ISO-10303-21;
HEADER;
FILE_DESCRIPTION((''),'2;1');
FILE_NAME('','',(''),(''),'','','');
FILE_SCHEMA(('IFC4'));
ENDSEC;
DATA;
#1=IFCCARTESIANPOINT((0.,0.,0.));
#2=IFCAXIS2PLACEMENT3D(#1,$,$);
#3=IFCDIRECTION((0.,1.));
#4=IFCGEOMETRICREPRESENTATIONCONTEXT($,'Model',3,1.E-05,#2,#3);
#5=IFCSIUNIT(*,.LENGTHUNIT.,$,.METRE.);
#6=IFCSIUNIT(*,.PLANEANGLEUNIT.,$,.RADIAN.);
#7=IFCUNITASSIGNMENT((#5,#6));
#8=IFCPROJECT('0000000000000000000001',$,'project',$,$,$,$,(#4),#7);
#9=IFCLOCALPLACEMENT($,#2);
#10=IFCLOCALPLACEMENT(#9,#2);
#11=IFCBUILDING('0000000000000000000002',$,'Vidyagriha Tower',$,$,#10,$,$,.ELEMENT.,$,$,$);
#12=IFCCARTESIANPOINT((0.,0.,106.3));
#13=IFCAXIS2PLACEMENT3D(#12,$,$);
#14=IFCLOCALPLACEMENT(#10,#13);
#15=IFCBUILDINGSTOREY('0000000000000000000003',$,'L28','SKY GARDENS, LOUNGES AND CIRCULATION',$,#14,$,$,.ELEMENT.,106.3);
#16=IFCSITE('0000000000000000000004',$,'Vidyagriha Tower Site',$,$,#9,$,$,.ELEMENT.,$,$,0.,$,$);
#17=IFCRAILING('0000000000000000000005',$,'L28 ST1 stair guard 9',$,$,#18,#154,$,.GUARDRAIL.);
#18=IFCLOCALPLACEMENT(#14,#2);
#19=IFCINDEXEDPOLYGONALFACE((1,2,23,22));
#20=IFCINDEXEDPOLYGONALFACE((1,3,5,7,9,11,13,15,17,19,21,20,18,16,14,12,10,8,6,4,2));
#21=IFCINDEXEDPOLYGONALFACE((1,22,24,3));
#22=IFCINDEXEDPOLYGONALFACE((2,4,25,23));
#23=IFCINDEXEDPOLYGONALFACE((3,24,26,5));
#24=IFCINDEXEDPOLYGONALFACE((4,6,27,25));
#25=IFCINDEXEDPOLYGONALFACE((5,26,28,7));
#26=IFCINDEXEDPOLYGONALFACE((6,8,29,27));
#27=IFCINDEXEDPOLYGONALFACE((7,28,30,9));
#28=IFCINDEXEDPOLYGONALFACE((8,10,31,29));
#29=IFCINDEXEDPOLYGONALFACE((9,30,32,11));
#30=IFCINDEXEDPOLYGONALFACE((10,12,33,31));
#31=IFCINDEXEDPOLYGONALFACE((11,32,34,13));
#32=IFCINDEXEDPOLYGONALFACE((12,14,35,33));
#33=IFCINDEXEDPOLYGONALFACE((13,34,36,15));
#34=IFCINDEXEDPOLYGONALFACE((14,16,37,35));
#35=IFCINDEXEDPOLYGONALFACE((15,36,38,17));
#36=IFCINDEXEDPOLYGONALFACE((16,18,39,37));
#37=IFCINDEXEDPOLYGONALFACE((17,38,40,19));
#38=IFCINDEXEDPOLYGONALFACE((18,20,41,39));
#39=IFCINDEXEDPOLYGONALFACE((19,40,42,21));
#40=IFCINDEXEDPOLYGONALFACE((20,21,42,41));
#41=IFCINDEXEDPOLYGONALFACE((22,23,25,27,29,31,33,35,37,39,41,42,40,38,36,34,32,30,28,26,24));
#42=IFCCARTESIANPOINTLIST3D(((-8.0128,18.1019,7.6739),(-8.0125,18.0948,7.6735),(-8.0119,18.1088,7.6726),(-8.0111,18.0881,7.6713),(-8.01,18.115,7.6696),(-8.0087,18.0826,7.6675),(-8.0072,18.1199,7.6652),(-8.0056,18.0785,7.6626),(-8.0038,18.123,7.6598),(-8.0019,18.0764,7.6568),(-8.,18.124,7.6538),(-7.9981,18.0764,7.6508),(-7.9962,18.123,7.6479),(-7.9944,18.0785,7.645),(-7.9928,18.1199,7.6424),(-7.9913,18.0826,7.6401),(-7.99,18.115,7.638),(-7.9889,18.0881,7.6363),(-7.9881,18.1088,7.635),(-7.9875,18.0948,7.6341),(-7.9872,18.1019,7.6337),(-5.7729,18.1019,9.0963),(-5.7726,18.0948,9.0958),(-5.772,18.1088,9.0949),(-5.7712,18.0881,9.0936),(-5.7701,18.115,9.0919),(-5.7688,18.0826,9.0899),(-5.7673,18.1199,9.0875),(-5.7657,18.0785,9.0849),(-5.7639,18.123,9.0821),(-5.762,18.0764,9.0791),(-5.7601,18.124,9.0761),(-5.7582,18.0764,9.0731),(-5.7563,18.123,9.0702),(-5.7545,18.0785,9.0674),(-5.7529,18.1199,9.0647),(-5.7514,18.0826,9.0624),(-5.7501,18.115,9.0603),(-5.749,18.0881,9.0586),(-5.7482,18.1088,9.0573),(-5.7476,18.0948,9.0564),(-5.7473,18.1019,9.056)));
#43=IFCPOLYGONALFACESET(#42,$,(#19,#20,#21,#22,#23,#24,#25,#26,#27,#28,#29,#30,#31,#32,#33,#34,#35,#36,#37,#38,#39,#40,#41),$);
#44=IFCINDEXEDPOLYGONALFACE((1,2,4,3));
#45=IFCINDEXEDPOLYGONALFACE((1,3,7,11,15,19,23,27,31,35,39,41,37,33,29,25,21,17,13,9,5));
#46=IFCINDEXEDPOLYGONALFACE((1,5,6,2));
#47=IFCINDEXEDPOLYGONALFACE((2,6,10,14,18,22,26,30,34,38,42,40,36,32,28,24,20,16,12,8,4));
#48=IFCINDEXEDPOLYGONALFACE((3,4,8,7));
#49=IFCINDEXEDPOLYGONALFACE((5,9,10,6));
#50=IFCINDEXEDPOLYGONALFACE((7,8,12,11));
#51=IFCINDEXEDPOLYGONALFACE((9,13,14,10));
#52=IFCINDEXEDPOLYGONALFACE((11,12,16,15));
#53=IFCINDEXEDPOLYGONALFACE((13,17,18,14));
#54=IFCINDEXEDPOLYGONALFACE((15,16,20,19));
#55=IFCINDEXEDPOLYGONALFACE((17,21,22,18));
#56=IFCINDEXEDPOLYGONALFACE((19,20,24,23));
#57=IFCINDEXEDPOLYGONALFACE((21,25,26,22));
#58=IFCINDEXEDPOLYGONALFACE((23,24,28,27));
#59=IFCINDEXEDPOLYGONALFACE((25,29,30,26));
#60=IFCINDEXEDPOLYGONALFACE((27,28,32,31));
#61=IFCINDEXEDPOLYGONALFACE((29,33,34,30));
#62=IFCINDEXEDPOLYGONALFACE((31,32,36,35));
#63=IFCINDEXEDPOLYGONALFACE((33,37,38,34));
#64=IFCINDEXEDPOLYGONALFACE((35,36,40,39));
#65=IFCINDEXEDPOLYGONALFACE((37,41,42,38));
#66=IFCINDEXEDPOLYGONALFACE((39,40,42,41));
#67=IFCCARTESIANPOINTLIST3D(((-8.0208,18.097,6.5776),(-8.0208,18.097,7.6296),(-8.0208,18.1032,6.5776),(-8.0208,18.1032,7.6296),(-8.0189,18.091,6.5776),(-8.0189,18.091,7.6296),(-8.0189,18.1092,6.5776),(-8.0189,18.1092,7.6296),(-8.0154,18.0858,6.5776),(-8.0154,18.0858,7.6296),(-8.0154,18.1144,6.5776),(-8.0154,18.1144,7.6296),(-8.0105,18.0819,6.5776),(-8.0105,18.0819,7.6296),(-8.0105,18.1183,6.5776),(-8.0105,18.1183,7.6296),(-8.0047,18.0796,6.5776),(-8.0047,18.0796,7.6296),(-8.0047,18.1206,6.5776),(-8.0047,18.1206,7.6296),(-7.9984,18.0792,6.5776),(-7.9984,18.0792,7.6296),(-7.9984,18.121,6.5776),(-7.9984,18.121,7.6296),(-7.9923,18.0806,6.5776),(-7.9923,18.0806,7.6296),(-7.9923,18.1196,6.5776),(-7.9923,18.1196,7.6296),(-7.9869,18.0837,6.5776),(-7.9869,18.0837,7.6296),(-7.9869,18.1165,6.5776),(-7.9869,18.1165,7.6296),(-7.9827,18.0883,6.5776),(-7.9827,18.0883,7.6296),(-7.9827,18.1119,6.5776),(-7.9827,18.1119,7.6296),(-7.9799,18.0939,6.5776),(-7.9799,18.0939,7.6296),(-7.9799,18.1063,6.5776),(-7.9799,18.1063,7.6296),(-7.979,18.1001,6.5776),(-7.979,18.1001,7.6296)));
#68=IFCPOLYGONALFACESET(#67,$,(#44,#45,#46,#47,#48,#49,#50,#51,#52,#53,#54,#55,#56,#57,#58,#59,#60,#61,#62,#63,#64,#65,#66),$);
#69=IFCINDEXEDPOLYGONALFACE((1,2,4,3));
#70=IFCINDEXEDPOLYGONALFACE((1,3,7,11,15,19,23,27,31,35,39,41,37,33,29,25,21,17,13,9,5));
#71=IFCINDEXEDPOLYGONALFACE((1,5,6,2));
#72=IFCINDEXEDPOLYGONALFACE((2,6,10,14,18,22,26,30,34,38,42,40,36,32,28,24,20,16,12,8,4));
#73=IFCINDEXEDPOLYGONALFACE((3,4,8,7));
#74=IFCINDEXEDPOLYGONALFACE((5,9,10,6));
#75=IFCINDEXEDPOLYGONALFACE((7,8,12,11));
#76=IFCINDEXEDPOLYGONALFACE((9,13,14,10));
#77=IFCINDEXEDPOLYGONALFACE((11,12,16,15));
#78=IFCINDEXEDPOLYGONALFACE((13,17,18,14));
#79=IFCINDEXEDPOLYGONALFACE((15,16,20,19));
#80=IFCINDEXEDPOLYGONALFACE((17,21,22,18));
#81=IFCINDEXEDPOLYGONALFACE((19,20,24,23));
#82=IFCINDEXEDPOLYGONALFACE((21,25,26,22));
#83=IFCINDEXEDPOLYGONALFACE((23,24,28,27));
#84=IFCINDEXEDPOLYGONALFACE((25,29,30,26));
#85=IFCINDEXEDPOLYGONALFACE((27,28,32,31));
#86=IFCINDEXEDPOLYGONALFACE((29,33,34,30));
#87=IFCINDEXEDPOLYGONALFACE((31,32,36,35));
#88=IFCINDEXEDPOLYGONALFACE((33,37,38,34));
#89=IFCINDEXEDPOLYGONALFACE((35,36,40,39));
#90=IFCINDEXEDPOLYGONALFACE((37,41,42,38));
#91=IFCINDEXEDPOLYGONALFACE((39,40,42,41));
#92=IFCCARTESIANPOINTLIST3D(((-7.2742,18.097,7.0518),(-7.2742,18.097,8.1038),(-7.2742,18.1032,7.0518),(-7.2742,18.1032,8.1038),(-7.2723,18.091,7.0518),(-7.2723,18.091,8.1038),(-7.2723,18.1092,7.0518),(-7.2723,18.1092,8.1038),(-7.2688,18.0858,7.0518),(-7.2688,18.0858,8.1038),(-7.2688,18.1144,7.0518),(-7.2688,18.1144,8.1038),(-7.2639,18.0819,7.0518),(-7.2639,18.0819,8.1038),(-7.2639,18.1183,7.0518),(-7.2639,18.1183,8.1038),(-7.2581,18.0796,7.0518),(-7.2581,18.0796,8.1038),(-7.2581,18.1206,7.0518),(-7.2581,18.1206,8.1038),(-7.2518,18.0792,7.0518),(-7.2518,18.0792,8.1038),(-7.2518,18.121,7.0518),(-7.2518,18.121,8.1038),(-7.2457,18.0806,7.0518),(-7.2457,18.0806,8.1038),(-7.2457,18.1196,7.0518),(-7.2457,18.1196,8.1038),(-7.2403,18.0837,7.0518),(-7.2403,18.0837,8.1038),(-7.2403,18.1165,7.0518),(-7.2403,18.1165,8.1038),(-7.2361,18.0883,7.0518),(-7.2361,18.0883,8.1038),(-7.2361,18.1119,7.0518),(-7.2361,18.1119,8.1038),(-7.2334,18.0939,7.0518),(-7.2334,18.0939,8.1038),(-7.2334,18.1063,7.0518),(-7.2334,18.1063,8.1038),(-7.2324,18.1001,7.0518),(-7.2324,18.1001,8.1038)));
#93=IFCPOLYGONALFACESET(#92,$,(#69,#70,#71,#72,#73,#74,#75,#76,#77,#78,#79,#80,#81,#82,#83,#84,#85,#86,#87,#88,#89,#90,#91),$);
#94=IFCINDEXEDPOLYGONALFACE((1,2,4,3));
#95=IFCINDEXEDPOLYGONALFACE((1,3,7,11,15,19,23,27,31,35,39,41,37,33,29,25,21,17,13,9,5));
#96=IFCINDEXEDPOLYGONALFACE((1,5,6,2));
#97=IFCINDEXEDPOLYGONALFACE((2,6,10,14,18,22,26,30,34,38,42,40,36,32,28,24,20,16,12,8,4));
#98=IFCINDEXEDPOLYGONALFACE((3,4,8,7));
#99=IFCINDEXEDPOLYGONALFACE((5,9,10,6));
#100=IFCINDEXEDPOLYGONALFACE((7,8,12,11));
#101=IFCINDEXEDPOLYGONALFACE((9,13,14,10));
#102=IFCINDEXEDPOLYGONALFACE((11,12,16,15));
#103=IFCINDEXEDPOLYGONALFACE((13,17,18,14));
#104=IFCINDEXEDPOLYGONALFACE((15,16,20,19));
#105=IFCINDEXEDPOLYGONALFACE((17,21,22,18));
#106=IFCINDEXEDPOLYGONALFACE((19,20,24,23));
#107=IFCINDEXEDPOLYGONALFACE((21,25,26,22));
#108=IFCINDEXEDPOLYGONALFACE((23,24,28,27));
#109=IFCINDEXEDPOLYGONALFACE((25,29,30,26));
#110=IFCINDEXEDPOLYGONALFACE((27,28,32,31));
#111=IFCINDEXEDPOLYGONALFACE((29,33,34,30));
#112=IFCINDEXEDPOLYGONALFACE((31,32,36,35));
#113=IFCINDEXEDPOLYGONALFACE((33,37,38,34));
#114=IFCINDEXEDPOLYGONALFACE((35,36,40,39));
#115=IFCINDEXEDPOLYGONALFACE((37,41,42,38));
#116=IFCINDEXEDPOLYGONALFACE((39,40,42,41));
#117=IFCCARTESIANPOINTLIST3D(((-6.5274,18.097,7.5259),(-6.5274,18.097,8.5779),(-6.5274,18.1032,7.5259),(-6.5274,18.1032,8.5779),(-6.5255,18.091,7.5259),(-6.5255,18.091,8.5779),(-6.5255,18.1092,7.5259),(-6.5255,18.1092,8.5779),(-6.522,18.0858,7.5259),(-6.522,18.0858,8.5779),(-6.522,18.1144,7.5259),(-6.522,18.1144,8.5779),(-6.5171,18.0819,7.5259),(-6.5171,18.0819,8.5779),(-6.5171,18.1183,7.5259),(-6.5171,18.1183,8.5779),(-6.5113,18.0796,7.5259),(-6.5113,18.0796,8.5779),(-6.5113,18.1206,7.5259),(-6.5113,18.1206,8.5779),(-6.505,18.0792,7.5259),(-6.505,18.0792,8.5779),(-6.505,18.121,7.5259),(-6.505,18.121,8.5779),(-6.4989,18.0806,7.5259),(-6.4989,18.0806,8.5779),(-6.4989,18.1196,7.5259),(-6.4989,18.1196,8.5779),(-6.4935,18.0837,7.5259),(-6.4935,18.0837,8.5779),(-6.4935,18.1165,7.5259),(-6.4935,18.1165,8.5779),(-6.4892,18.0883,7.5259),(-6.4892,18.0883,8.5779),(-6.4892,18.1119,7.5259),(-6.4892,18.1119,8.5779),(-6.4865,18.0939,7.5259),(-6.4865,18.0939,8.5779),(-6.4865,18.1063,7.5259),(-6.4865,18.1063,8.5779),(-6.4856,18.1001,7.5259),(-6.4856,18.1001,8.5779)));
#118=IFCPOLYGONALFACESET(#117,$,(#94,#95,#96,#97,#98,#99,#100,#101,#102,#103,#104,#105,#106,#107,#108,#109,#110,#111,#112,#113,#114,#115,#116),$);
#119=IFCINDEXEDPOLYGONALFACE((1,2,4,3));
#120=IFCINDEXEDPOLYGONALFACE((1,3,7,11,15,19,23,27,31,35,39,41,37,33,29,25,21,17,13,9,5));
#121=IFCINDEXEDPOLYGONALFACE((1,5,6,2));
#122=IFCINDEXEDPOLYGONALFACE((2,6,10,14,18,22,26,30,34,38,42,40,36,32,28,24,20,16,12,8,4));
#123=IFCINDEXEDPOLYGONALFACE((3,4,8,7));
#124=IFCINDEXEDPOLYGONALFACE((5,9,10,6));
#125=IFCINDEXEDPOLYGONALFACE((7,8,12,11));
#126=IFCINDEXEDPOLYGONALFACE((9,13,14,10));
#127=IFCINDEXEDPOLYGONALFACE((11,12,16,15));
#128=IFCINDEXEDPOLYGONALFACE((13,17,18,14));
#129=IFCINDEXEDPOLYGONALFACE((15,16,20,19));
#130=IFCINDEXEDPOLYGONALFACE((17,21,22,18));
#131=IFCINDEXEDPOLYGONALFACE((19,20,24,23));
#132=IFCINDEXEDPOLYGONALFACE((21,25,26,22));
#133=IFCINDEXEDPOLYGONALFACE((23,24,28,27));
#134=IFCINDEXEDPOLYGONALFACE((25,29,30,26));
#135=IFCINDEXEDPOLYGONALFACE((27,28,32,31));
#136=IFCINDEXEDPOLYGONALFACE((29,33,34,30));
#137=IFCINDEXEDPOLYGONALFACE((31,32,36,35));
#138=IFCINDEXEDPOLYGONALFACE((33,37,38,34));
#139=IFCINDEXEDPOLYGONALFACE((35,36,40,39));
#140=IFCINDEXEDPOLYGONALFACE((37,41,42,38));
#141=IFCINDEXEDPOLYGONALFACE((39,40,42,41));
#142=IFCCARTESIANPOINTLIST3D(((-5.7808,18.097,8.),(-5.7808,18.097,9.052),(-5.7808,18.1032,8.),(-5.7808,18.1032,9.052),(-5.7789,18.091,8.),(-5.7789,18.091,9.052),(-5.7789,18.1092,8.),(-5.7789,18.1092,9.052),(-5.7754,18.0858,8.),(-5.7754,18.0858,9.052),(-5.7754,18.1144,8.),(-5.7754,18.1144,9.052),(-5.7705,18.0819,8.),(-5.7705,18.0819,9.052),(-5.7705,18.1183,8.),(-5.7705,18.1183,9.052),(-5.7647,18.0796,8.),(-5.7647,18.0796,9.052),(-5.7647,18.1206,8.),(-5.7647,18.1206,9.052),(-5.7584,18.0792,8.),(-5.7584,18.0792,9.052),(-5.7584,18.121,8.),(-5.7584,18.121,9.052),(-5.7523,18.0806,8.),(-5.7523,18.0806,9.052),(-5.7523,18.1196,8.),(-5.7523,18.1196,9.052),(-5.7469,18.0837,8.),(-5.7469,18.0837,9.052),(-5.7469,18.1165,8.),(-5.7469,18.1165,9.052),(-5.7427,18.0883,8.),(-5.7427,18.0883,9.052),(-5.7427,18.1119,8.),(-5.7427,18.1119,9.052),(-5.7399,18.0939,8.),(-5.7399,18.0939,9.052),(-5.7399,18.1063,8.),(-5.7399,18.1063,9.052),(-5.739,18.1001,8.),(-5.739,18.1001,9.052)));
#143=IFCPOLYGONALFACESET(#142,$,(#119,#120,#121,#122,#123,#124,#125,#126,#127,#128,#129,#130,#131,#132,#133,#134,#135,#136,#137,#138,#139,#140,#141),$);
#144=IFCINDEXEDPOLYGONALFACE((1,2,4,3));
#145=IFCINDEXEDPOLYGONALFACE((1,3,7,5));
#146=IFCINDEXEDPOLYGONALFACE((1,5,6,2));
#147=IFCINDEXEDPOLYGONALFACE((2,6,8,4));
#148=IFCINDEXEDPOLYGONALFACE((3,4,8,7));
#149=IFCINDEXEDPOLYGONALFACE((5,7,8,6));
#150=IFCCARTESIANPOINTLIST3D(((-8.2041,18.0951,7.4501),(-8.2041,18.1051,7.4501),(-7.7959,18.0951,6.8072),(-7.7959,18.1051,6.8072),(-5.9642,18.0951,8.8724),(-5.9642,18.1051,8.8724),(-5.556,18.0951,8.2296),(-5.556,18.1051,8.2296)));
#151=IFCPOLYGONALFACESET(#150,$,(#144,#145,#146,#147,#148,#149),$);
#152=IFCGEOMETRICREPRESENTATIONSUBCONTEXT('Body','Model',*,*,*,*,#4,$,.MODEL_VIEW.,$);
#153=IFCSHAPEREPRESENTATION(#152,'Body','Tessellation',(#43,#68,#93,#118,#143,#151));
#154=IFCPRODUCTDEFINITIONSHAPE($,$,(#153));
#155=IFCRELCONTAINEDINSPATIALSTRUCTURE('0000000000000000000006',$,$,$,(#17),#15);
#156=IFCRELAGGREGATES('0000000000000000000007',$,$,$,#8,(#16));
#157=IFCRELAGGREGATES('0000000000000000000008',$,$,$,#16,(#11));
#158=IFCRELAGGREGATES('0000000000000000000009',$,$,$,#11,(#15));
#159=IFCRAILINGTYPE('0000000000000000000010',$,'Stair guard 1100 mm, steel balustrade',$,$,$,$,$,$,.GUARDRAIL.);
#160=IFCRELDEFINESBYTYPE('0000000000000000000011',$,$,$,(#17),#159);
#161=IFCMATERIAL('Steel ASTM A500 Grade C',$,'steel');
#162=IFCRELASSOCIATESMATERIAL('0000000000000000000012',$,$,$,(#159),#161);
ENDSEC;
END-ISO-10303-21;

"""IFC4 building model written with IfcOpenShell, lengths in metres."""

from ifc_helpers import new_model, si_unit, direction, frame, origin, origin_2d, place, context, subcontext, project, spatial, rectangle, circle, extrude, material, type_object, element, save


model = new_model("IFC4")

# Units and contexts
model_context = context("Model", 3, precision=1e-05, world=origin(), true_north=direction((0.0, 1.0)))
body_context = subcontext(model_context, "Body", "Model", "MODEL_VIEW")
ifc_project = project(units=[si_unit("LENGTHUNIT", "METRE"), si_unit("PLANEANGLEUNIT", "RADIAN")], contexts=[model_context])

# Site, building, storey
site_placement = place(None, origin())
site = spatial("IfcSite", under=ifc_project, at=site_placement, Name="Vidyagriha Tower Site", CompositionType="ELEMENT", RefElevation=0.0)
building_placement = place(site_placement, origin())
building = spatial("IfcBuilding", under=site, at=building_placement, Name="Vidyagriha Tower", CompositionType="ELEMENT")
storey_placement = place(building_placement, frame((0.0, 0.0, 106.3)))
storey = spatial("IfcBuildingStorey", under=building, at=storey_placement, Name="L28", Description="SKY GARDENS, LOUNGES AND CIRCULATION", CompositionType="ELEMENT", Elevation=106.3)

# Railing
ifc_material_1 = material(Name="Steel ASTM A500 Grade C", Category="steel")
railing_type_1 = type_object("IfcRailingType", Name="Stair guard 1100 mm, steel balustrade", PredefinedType="GUARDRAIL", material=ifc_material_1)
railing_1_placement = place(storey_placement, frame((-8.0, 18.1001, 6.5776)))
element("IfcRailing", 1, at=railing_1_placement, inside=storey, type_object=railing_type_1, Name="L28 ST1 stair guard 9", PredefinedType="GUARDRAIL", context=body_context, shape_type="SweptSolid", body=[
    extrude(circle(Radius=0.0239, at=origin_2d()), frame((0.0, 0.0, 1.0762), z_axis=(0.844188, 0.0, 0.536048), x_axis=(0.0, 1.0, 0.0)), (0.0, 0.0, 1.0), 2.6533),
    extrude(circle(Radius=0.021, at=origin_2d()), origin(), (0.0, 0.0, 1.0), 1.052),
    extrude(circle(Radius=0.021, at=origin_2d()), frame((0.7466, 0.0, 0.4741)), (0.0, 0.0, 1.0), 1.052),
    extrude(circle(Radius=0.021, at=origin_2d()), frame((1.4934, 0.0, 0.9482)), (0.0, 0.0, 1.0), 1.052),
    extrude(circle(Radius=0.021, at=origin_2d()), frame((2.24, 0.0, 1.4224)), (0.0, 0.0, 1.0), 1.052),
    extrude(rectangle(XDim=0.01, YDim=0.7615, at=origin_2d()), frame((0.0, 0.0, 0.551), z_axis=(0.844188, 0.0, 0.536048), x_axis=(0.0, 1.0, 0.0)), (0.0, 0.0, 1.0), 2.6533),
])

save(model, "model.ifc")
